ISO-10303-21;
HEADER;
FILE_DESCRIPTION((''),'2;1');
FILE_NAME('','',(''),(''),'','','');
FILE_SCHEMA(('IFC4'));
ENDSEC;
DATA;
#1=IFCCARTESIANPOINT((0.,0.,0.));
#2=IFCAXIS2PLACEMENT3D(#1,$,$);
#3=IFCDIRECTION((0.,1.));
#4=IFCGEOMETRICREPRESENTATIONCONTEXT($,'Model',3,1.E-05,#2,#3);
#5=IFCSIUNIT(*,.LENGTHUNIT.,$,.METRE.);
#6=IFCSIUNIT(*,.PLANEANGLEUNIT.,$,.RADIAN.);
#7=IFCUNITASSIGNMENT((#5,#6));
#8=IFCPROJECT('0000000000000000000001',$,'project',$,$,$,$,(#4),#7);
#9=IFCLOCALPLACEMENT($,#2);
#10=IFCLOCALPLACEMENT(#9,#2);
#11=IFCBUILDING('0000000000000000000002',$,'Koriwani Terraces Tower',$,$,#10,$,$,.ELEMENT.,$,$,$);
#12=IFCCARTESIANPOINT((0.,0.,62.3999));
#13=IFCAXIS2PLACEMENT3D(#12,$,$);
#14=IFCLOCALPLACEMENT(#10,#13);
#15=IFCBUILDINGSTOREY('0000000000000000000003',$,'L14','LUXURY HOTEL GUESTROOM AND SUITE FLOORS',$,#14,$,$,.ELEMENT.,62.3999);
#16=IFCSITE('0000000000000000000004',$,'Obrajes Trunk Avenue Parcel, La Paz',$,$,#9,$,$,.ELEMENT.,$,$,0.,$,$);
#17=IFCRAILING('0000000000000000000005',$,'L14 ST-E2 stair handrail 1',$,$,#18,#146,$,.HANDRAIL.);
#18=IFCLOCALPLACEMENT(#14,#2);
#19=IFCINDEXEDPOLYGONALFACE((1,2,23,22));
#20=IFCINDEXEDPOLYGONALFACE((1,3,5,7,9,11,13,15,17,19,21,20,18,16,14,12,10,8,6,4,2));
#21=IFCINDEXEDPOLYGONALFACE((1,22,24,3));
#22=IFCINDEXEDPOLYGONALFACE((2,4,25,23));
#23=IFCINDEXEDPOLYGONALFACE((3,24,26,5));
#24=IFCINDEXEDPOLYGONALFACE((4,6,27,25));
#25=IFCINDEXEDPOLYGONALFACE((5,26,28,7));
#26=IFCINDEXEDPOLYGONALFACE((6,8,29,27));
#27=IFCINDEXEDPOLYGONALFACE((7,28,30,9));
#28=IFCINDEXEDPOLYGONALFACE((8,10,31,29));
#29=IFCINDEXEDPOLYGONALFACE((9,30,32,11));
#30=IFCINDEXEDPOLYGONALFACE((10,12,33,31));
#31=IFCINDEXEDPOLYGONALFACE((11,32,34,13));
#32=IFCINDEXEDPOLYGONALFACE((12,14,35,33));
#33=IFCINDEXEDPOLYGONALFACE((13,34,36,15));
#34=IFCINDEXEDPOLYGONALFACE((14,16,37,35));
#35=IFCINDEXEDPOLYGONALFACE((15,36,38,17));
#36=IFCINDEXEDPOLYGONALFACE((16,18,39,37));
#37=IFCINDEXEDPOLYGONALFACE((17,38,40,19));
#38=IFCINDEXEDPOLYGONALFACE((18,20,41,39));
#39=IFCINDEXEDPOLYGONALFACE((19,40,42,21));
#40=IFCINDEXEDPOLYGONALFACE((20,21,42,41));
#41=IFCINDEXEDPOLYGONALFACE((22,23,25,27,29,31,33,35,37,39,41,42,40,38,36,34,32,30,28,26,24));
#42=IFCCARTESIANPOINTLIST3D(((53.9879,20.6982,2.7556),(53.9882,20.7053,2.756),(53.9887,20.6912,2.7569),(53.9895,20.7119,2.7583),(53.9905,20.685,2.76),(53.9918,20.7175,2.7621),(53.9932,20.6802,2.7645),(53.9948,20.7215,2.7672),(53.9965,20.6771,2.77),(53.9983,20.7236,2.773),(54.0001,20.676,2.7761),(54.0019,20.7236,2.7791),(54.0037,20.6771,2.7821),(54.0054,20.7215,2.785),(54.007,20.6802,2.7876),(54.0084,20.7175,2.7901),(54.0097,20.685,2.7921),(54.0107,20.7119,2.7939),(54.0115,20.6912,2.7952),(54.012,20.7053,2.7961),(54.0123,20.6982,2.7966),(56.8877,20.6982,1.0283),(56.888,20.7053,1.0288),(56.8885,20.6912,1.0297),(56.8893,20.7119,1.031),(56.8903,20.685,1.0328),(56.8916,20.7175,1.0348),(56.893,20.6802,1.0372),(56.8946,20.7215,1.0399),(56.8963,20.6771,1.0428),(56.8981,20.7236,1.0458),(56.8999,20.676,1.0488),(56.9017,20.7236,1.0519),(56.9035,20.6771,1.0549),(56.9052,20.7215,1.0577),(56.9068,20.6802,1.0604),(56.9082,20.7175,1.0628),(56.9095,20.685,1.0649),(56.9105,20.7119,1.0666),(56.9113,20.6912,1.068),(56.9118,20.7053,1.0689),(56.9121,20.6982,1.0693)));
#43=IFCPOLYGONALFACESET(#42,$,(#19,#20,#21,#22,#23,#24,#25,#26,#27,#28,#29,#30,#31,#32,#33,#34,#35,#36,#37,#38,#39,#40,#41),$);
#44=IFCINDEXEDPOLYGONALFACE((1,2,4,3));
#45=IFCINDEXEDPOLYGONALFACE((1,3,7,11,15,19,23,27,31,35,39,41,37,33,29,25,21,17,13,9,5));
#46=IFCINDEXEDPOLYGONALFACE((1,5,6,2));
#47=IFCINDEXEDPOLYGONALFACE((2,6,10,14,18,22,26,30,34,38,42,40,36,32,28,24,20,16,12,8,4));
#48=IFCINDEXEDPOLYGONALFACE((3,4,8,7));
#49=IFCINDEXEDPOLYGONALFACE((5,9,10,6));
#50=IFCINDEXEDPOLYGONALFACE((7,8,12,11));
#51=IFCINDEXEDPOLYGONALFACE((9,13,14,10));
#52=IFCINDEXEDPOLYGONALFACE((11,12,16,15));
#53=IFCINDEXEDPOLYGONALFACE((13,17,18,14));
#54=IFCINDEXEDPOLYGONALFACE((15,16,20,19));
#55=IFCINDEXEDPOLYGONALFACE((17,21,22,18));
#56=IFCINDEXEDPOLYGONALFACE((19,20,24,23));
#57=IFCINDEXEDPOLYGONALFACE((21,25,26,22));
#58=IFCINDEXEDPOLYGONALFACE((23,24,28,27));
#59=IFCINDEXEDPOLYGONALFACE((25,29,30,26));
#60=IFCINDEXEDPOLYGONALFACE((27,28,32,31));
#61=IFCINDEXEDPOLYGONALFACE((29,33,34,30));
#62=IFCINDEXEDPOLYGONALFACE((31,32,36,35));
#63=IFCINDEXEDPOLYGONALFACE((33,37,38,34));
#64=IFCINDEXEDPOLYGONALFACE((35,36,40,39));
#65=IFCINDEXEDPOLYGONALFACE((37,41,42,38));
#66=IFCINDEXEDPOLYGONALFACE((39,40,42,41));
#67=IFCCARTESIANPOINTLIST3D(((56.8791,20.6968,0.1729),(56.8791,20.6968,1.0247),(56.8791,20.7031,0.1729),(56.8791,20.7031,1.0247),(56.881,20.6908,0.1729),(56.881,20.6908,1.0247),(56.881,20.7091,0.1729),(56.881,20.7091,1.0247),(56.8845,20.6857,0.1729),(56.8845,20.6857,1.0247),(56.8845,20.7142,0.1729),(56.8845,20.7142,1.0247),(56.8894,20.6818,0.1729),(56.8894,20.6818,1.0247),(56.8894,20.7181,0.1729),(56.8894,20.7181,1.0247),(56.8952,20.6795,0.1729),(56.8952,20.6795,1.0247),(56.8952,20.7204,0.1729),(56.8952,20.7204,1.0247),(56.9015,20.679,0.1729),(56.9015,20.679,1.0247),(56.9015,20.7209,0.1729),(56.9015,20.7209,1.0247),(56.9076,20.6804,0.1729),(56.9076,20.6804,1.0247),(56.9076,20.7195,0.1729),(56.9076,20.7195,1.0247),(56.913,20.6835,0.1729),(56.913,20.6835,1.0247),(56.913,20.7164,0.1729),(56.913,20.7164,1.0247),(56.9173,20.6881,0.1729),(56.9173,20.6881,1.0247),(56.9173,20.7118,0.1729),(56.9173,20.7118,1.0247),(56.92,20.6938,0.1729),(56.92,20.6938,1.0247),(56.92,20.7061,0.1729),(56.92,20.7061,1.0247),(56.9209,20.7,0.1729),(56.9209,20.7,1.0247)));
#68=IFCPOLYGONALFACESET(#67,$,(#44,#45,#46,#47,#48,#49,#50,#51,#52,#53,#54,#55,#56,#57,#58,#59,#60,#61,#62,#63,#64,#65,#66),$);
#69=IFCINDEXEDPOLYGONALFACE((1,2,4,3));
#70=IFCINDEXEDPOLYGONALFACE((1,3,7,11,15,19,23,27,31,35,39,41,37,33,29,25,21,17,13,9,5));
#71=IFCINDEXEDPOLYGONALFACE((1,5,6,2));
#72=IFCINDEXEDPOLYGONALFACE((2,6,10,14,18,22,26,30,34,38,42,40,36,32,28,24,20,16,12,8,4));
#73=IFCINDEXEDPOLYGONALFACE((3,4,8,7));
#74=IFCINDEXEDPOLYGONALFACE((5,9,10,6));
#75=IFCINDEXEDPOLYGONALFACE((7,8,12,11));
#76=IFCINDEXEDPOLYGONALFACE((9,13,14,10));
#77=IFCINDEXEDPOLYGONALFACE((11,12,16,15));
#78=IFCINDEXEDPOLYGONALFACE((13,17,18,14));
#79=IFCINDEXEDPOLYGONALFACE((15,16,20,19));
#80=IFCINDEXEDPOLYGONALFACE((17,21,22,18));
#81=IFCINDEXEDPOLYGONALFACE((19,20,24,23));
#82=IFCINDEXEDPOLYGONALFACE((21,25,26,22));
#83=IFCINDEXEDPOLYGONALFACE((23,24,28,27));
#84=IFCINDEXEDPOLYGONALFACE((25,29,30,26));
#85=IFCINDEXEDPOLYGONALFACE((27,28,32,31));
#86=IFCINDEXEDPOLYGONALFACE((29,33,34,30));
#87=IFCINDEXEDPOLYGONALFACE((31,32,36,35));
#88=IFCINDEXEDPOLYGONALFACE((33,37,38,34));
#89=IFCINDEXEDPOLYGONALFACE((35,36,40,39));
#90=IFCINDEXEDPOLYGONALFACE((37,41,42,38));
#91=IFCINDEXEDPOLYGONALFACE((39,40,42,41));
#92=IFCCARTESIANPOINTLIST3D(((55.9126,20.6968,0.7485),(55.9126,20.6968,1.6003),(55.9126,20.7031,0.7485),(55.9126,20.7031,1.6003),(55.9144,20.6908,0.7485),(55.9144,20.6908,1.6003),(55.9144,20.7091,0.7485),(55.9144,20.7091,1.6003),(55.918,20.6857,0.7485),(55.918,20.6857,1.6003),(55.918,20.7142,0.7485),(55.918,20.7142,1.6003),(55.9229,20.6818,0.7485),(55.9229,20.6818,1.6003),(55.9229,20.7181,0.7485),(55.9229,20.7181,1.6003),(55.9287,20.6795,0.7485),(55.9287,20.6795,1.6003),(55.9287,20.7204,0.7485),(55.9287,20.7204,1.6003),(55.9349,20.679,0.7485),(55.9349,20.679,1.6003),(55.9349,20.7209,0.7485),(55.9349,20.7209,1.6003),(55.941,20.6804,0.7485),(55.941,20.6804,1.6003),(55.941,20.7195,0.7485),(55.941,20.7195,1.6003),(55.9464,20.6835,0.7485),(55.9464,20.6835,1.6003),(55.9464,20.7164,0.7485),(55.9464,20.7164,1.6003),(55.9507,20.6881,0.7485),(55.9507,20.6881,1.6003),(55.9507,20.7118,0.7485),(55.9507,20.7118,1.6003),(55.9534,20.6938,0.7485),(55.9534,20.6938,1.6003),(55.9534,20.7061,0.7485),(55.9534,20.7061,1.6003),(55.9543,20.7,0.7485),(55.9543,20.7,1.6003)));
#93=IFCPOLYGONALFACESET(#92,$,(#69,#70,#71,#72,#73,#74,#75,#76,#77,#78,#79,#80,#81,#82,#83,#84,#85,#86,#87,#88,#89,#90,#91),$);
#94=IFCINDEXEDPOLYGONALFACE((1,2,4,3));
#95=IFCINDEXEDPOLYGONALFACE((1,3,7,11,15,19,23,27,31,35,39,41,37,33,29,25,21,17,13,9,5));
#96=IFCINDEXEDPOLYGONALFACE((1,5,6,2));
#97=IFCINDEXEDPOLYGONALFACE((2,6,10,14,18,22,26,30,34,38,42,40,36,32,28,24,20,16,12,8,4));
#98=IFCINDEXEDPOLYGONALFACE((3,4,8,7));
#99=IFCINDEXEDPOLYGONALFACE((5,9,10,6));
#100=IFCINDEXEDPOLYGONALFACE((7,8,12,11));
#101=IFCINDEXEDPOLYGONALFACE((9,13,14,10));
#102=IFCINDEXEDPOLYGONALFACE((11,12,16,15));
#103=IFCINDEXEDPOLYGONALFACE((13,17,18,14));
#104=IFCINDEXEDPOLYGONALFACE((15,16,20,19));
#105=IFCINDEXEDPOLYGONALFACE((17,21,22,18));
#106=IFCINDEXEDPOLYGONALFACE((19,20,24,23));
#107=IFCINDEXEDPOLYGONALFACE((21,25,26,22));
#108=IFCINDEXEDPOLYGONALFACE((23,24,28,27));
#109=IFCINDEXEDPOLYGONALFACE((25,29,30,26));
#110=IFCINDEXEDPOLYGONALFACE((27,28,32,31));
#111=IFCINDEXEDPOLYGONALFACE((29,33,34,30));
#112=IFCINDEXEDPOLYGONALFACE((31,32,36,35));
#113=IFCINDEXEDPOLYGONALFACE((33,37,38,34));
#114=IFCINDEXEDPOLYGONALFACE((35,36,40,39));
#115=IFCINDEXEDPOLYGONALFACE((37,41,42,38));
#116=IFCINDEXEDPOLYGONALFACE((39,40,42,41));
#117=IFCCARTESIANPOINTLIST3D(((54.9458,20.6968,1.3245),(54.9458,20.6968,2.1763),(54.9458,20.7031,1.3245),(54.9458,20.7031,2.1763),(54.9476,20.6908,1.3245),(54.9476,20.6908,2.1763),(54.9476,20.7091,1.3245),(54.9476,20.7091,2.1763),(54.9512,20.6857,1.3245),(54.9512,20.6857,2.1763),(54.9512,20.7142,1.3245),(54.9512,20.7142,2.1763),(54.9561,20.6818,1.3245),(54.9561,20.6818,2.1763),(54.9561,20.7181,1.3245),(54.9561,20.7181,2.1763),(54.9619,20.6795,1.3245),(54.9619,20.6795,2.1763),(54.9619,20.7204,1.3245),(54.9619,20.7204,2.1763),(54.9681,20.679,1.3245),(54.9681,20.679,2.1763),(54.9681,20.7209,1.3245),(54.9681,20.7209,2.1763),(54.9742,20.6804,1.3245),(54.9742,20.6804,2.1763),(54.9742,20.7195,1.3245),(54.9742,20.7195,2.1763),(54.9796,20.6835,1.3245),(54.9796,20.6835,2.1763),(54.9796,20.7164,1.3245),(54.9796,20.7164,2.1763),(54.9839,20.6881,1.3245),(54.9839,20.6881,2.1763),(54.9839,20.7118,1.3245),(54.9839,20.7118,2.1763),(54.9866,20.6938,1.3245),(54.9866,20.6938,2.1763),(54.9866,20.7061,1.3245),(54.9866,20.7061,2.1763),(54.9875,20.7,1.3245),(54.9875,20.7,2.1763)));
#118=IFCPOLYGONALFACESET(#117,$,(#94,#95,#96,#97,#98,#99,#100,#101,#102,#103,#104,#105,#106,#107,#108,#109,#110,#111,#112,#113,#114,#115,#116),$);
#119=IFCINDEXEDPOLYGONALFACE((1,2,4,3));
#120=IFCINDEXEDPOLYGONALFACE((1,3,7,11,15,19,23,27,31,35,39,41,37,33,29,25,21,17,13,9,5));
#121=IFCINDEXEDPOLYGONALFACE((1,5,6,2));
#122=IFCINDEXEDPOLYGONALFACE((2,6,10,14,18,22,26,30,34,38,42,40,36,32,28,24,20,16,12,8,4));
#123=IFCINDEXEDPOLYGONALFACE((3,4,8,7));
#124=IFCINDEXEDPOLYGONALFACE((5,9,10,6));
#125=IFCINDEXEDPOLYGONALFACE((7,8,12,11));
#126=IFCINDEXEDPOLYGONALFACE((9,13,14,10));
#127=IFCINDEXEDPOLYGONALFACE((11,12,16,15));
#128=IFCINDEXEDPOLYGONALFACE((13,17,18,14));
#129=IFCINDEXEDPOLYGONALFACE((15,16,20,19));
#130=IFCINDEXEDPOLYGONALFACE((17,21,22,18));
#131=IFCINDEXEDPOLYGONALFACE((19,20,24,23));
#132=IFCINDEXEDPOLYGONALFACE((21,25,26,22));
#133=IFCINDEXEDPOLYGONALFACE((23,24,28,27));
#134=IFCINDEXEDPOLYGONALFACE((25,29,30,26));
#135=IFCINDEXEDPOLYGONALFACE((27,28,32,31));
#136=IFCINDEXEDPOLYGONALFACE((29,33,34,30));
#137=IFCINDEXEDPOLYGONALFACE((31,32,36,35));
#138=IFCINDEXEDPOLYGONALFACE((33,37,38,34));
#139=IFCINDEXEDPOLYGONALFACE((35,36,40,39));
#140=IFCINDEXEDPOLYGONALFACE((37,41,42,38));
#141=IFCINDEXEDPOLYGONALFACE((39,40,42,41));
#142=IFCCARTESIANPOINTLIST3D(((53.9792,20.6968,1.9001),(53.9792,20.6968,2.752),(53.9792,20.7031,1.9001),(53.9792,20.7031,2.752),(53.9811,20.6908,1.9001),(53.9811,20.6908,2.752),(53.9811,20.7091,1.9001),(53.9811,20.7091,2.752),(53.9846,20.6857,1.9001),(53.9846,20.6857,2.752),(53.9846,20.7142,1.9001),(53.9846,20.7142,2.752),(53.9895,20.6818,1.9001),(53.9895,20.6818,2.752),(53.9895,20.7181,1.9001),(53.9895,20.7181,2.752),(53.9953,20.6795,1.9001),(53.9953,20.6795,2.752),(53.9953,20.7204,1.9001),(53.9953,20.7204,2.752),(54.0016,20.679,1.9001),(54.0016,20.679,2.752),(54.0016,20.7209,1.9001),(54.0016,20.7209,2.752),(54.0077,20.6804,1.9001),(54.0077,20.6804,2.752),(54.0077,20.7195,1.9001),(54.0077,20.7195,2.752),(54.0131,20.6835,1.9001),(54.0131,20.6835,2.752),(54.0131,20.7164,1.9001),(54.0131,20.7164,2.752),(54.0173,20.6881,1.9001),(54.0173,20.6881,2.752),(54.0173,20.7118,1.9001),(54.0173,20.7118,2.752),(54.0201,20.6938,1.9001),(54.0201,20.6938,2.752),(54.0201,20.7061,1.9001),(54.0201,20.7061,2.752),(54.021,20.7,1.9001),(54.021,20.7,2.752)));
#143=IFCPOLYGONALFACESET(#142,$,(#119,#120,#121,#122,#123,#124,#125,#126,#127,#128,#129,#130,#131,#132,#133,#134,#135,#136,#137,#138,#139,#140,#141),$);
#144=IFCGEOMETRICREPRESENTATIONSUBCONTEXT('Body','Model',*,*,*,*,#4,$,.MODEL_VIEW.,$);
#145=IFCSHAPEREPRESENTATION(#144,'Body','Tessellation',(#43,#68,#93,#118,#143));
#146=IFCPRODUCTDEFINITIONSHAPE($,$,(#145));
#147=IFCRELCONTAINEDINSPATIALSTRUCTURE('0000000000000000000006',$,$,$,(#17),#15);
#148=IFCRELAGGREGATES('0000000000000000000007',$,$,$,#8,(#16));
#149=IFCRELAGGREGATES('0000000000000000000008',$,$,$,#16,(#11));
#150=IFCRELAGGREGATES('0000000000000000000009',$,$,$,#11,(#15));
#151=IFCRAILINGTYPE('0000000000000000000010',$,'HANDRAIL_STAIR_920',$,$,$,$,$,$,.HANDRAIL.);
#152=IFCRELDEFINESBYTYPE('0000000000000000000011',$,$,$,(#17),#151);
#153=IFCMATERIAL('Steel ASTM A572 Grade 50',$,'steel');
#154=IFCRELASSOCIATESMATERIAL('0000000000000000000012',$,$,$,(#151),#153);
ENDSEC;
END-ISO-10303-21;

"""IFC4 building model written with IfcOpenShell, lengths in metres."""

from ifc_helpers import new_model, si_unit, direction, frame, origin, origin_2d, place, context, subcontext, project, spatial, circle, extrude, material, type_object, element, save


model = new_model("IFC4")

# Units and contexts
model_context = context("Model", 3, precision=1e-05, world=origin(), true_north=direction((0.0, 1.0)))
body_context = subcontext(model_context, "Body", "Model", "MODEL_VIEW")
ifc_project = project(units=[si_unit("LENGTHUNIT", "METRE"), si_unit("PLANEANGLEUNIT", "RADIAN")], contexts=[model_context])

# Site, building, storey
site_placement = place(None, origin())
site = spatial("IfcSite", under=ifc_project, at=site_placement, Name="Obrajes Trunk Avenue Parcel, La Paz", CompositionType="ELEMENT", RefElevation=0.0)
building_placement = place(site_placement, origin())
building = spatial("IfcBuilding", under=site, at=building_placement, Name="Koriwani Terraces Tower", CompositionType="ELEMENT")
storey_placement = place(building_placement, frame((0.0, 0.0, 62.3999)))
storey = spatial("IfcBuildingStorey", under=building, at=storey_placement, Name="L14", Description="LUXURY HOTEL GUESTROOM AND SUITE FLOORS", CompositionType="ELEMENT", Elevation=62.3999)

# Shared definitions
ifc_material_1 = material(Name="Steel ASTM A572 Grade 50", Category="steel")

# Railing
railing_type_1 = type_object("IfcRailingType", Name="HANDRAIL_STAIR_920", PredefinedType="HANDRAIL", material=ifc_material_1)
for number, where, name in (
    (1, (56.8999, 20.7, 0.1729), "L14 ST-E2 stair handrail 1"),
):
    element("IfcRailing", number, at=place(storey_placement, frame(where)), inside=storey, type_object=railing_type_1, Name=name, PredefinedType="HANDRAIL", context=body_context, shape_type="SweptSolid", body=[
        extrude(circle(Radius=0.0239, at=origin_2d()), frame((0.0, 0.0, 0.876), z_axis=(-0.859141, 0.0, 0.511738), x_axis=(0.0, -1.0, 0.0)), (0.0, 0.0, 1.0), 3.3752),
        extrude(circle(Radius=0.021, at=origin_2d()), origin(), (0.0, 0.0, 1.0), 0.8518),
        extrude(circle(Radius=0.021, at=origin_2d()), frame((-0.9666, 0.0, 0.5757)), (0.0, 0.0, 1.0), 0.8518),
        extrude(circle(Radius=0.021, at=origin_2d()), frame((-1.9333, 0.0, 1.1516)), (0.0, 0.0, 1.0), 0.8518),
        extrude(circle(Radius=0.021, at=origin_2d()), frame((-2.8999, 0.0, 1.7273)), (0.0, 0.0, 1.0), 0.8518),
    ])

save(model, "model.ifc")
